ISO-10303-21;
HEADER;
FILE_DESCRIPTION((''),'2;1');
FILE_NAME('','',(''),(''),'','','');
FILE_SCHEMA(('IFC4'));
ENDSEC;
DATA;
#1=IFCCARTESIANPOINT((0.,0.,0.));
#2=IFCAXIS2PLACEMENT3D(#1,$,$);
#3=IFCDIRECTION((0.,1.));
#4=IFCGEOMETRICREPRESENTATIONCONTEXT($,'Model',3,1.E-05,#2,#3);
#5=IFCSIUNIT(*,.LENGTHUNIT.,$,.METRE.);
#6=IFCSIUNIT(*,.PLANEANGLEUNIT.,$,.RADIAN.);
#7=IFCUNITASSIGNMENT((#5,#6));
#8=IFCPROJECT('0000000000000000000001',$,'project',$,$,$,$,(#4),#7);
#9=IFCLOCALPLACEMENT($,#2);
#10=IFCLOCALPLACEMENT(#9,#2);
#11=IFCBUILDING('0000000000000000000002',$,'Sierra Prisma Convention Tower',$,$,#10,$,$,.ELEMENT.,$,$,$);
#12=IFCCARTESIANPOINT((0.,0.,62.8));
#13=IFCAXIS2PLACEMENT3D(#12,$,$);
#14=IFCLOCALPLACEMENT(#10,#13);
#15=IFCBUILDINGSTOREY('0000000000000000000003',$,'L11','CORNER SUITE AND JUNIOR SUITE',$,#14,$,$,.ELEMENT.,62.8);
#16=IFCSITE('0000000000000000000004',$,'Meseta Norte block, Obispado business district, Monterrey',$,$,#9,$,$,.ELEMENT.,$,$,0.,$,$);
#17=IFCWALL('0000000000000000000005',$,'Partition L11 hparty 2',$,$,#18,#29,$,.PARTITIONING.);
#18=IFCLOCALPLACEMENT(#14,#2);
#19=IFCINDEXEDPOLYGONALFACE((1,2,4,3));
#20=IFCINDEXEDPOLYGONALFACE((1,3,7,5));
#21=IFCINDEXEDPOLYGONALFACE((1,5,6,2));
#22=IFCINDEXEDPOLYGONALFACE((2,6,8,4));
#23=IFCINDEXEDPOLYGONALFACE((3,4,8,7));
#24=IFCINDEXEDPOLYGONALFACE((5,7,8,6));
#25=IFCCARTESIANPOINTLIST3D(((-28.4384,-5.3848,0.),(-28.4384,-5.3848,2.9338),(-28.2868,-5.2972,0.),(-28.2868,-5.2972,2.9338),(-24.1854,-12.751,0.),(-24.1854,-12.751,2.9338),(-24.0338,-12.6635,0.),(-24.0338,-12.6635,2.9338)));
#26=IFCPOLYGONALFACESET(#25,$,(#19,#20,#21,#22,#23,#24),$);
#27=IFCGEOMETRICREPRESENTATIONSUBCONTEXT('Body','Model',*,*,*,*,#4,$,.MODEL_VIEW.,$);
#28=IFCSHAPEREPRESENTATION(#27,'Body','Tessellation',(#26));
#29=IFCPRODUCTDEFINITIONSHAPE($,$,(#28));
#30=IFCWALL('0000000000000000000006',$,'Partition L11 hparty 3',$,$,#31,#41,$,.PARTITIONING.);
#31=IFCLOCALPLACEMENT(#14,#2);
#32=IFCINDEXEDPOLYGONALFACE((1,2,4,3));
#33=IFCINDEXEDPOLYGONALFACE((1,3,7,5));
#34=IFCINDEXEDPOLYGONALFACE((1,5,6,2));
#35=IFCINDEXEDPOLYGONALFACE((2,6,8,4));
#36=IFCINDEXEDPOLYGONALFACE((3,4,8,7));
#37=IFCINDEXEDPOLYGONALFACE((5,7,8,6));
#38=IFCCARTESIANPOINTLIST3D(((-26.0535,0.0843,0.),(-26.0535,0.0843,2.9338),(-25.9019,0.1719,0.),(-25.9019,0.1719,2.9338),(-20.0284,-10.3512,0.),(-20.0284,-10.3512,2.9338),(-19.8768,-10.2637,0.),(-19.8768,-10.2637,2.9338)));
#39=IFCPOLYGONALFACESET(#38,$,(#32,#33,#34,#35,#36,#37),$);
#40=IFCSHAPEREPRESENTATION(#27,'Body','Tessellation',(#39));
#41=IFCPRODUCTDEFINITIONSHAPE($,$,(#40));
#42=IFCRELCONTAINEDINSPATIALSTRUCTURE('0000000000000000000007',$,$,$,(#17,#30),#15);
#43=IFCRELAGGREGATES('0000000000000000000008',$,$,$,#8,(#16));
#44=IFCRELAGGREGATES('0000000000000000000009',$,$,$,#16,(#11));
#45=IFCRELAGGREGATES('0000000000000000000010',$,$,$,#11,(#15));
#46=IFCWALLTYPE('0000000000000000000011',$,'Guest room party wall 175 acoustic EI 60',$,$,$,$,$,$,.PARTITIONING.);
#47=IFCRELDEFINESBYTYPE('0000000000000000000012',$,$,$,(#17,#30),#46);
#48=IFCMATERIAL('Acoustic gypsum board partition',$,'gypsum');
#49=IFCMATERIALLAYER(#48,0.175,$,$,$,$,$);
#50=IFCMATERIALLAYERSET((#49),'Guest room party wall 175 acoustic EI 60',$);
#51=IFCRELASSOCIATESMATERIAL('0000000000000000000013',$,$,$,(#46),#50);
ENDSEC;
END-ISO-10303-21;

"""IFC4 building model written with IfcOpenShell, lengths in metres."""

from ifc_helpers import new_model, si_unit, direction, frame, frame_2d, origin, place, context, subcontext, project, spatial, rectangle, extrude, material, layer, layer_set, type_object, element, save


model = new_model("IFC4")

# Units and contexts
model_context = context("Model", 3, precision=1e-05, world=origin(), true_north=direction((0.0, 1.0)))
body_context = subcontext(model_context, "Body", "Model", "MODEL_VIEW")
ifc_project = project(units=[si_unit("LENGTHUNIT", "METRE"), si_unit("PLANEANGLEUNIT", "RADIAN")], contexts=[model_context])

# Site, building, storey
site_placement = place(None, origin())
site = spatial("IfcSite", under=ifc_project, at=site_placement, Name="Meseta Norte block, Obispado business district, Monterrey", CompositionType="ELEMENT", RefElevation=0.0)
building_placement = place(site_placement, origin())
building = spatial("IfcBuilding", under=site, at=building_placement, Name="Sierra Prisma Convention Tower", CompositionType="ELEMENT")
storey_placement = place(building_placement, frame((0.0, 0.0, 62.8)))
storey = spatial("IfcBuildingStorey", under=building, at=storey_placement, Name="L11", Description="CORNER SUITE AND JUNIOR SUITE", CompositionType="ELEMENT", Elevation=62.8)

# Walls
ifc_material_1 = material(Name="Acoustic gypsum board partition", Category="gypsum")
ifc_layer_1 = layer(ifc_material_1, 0.175)
ifc_layer_set_1 = layer_set([ifc_layer_1], Name="Guest room party wall 175 acoustic EI 60")
wall_type_1 = type_object("IfcWallType", Name="Guest room party wall 175 acoustic EI 60", PredefinedType="PARTITIONING", material=ifc_layer_set_1)
wall_1_placement = place(storey_placement, frame((-24.1096, -12.7073, 0.0), z_axis=(0.0, 0.0, 1.0), x_axis=(-0.500004, 0.866023, 0.0)))
element("IfcWall", 1, at=wall_1_placement, inside=storey, type_object=wall_type_1, Name="Partition L11 hparty 2", PredefinedType="PARTITIONING", context=body_context, shape_type="SweptSolid", body=[
    extrude(rectangle(XDim=8.5059, YDim=0.175, at=frame_2d((4.2529, 0.0))), origin(), (0.0, 0.0, 1.0), 2.9338),
])
wall_2_placement = place(storey_placement, frame((-19.9526, -10.3074, 0.0), z_axis=(0.0, 0.0, 1.0), x_axis=(-0.500011, 0.866019, 0.0)))
element("IfcWall", 2, at=wall_2_placement, inside=storey, type_object=wall_type_1, Name="Partition L11 hparty 3", PredefinedType="PARTITIONING", context=body_context, shape_type="SweptSolid", body=[
    extrude(rectangle(XDim=12.05, YDim=0.175, at=frame_2d((6.0249, 0.0))), origin(), (0.0, 0.0, 1.0), 2.9338),
])

save(model, "model.ifc")
